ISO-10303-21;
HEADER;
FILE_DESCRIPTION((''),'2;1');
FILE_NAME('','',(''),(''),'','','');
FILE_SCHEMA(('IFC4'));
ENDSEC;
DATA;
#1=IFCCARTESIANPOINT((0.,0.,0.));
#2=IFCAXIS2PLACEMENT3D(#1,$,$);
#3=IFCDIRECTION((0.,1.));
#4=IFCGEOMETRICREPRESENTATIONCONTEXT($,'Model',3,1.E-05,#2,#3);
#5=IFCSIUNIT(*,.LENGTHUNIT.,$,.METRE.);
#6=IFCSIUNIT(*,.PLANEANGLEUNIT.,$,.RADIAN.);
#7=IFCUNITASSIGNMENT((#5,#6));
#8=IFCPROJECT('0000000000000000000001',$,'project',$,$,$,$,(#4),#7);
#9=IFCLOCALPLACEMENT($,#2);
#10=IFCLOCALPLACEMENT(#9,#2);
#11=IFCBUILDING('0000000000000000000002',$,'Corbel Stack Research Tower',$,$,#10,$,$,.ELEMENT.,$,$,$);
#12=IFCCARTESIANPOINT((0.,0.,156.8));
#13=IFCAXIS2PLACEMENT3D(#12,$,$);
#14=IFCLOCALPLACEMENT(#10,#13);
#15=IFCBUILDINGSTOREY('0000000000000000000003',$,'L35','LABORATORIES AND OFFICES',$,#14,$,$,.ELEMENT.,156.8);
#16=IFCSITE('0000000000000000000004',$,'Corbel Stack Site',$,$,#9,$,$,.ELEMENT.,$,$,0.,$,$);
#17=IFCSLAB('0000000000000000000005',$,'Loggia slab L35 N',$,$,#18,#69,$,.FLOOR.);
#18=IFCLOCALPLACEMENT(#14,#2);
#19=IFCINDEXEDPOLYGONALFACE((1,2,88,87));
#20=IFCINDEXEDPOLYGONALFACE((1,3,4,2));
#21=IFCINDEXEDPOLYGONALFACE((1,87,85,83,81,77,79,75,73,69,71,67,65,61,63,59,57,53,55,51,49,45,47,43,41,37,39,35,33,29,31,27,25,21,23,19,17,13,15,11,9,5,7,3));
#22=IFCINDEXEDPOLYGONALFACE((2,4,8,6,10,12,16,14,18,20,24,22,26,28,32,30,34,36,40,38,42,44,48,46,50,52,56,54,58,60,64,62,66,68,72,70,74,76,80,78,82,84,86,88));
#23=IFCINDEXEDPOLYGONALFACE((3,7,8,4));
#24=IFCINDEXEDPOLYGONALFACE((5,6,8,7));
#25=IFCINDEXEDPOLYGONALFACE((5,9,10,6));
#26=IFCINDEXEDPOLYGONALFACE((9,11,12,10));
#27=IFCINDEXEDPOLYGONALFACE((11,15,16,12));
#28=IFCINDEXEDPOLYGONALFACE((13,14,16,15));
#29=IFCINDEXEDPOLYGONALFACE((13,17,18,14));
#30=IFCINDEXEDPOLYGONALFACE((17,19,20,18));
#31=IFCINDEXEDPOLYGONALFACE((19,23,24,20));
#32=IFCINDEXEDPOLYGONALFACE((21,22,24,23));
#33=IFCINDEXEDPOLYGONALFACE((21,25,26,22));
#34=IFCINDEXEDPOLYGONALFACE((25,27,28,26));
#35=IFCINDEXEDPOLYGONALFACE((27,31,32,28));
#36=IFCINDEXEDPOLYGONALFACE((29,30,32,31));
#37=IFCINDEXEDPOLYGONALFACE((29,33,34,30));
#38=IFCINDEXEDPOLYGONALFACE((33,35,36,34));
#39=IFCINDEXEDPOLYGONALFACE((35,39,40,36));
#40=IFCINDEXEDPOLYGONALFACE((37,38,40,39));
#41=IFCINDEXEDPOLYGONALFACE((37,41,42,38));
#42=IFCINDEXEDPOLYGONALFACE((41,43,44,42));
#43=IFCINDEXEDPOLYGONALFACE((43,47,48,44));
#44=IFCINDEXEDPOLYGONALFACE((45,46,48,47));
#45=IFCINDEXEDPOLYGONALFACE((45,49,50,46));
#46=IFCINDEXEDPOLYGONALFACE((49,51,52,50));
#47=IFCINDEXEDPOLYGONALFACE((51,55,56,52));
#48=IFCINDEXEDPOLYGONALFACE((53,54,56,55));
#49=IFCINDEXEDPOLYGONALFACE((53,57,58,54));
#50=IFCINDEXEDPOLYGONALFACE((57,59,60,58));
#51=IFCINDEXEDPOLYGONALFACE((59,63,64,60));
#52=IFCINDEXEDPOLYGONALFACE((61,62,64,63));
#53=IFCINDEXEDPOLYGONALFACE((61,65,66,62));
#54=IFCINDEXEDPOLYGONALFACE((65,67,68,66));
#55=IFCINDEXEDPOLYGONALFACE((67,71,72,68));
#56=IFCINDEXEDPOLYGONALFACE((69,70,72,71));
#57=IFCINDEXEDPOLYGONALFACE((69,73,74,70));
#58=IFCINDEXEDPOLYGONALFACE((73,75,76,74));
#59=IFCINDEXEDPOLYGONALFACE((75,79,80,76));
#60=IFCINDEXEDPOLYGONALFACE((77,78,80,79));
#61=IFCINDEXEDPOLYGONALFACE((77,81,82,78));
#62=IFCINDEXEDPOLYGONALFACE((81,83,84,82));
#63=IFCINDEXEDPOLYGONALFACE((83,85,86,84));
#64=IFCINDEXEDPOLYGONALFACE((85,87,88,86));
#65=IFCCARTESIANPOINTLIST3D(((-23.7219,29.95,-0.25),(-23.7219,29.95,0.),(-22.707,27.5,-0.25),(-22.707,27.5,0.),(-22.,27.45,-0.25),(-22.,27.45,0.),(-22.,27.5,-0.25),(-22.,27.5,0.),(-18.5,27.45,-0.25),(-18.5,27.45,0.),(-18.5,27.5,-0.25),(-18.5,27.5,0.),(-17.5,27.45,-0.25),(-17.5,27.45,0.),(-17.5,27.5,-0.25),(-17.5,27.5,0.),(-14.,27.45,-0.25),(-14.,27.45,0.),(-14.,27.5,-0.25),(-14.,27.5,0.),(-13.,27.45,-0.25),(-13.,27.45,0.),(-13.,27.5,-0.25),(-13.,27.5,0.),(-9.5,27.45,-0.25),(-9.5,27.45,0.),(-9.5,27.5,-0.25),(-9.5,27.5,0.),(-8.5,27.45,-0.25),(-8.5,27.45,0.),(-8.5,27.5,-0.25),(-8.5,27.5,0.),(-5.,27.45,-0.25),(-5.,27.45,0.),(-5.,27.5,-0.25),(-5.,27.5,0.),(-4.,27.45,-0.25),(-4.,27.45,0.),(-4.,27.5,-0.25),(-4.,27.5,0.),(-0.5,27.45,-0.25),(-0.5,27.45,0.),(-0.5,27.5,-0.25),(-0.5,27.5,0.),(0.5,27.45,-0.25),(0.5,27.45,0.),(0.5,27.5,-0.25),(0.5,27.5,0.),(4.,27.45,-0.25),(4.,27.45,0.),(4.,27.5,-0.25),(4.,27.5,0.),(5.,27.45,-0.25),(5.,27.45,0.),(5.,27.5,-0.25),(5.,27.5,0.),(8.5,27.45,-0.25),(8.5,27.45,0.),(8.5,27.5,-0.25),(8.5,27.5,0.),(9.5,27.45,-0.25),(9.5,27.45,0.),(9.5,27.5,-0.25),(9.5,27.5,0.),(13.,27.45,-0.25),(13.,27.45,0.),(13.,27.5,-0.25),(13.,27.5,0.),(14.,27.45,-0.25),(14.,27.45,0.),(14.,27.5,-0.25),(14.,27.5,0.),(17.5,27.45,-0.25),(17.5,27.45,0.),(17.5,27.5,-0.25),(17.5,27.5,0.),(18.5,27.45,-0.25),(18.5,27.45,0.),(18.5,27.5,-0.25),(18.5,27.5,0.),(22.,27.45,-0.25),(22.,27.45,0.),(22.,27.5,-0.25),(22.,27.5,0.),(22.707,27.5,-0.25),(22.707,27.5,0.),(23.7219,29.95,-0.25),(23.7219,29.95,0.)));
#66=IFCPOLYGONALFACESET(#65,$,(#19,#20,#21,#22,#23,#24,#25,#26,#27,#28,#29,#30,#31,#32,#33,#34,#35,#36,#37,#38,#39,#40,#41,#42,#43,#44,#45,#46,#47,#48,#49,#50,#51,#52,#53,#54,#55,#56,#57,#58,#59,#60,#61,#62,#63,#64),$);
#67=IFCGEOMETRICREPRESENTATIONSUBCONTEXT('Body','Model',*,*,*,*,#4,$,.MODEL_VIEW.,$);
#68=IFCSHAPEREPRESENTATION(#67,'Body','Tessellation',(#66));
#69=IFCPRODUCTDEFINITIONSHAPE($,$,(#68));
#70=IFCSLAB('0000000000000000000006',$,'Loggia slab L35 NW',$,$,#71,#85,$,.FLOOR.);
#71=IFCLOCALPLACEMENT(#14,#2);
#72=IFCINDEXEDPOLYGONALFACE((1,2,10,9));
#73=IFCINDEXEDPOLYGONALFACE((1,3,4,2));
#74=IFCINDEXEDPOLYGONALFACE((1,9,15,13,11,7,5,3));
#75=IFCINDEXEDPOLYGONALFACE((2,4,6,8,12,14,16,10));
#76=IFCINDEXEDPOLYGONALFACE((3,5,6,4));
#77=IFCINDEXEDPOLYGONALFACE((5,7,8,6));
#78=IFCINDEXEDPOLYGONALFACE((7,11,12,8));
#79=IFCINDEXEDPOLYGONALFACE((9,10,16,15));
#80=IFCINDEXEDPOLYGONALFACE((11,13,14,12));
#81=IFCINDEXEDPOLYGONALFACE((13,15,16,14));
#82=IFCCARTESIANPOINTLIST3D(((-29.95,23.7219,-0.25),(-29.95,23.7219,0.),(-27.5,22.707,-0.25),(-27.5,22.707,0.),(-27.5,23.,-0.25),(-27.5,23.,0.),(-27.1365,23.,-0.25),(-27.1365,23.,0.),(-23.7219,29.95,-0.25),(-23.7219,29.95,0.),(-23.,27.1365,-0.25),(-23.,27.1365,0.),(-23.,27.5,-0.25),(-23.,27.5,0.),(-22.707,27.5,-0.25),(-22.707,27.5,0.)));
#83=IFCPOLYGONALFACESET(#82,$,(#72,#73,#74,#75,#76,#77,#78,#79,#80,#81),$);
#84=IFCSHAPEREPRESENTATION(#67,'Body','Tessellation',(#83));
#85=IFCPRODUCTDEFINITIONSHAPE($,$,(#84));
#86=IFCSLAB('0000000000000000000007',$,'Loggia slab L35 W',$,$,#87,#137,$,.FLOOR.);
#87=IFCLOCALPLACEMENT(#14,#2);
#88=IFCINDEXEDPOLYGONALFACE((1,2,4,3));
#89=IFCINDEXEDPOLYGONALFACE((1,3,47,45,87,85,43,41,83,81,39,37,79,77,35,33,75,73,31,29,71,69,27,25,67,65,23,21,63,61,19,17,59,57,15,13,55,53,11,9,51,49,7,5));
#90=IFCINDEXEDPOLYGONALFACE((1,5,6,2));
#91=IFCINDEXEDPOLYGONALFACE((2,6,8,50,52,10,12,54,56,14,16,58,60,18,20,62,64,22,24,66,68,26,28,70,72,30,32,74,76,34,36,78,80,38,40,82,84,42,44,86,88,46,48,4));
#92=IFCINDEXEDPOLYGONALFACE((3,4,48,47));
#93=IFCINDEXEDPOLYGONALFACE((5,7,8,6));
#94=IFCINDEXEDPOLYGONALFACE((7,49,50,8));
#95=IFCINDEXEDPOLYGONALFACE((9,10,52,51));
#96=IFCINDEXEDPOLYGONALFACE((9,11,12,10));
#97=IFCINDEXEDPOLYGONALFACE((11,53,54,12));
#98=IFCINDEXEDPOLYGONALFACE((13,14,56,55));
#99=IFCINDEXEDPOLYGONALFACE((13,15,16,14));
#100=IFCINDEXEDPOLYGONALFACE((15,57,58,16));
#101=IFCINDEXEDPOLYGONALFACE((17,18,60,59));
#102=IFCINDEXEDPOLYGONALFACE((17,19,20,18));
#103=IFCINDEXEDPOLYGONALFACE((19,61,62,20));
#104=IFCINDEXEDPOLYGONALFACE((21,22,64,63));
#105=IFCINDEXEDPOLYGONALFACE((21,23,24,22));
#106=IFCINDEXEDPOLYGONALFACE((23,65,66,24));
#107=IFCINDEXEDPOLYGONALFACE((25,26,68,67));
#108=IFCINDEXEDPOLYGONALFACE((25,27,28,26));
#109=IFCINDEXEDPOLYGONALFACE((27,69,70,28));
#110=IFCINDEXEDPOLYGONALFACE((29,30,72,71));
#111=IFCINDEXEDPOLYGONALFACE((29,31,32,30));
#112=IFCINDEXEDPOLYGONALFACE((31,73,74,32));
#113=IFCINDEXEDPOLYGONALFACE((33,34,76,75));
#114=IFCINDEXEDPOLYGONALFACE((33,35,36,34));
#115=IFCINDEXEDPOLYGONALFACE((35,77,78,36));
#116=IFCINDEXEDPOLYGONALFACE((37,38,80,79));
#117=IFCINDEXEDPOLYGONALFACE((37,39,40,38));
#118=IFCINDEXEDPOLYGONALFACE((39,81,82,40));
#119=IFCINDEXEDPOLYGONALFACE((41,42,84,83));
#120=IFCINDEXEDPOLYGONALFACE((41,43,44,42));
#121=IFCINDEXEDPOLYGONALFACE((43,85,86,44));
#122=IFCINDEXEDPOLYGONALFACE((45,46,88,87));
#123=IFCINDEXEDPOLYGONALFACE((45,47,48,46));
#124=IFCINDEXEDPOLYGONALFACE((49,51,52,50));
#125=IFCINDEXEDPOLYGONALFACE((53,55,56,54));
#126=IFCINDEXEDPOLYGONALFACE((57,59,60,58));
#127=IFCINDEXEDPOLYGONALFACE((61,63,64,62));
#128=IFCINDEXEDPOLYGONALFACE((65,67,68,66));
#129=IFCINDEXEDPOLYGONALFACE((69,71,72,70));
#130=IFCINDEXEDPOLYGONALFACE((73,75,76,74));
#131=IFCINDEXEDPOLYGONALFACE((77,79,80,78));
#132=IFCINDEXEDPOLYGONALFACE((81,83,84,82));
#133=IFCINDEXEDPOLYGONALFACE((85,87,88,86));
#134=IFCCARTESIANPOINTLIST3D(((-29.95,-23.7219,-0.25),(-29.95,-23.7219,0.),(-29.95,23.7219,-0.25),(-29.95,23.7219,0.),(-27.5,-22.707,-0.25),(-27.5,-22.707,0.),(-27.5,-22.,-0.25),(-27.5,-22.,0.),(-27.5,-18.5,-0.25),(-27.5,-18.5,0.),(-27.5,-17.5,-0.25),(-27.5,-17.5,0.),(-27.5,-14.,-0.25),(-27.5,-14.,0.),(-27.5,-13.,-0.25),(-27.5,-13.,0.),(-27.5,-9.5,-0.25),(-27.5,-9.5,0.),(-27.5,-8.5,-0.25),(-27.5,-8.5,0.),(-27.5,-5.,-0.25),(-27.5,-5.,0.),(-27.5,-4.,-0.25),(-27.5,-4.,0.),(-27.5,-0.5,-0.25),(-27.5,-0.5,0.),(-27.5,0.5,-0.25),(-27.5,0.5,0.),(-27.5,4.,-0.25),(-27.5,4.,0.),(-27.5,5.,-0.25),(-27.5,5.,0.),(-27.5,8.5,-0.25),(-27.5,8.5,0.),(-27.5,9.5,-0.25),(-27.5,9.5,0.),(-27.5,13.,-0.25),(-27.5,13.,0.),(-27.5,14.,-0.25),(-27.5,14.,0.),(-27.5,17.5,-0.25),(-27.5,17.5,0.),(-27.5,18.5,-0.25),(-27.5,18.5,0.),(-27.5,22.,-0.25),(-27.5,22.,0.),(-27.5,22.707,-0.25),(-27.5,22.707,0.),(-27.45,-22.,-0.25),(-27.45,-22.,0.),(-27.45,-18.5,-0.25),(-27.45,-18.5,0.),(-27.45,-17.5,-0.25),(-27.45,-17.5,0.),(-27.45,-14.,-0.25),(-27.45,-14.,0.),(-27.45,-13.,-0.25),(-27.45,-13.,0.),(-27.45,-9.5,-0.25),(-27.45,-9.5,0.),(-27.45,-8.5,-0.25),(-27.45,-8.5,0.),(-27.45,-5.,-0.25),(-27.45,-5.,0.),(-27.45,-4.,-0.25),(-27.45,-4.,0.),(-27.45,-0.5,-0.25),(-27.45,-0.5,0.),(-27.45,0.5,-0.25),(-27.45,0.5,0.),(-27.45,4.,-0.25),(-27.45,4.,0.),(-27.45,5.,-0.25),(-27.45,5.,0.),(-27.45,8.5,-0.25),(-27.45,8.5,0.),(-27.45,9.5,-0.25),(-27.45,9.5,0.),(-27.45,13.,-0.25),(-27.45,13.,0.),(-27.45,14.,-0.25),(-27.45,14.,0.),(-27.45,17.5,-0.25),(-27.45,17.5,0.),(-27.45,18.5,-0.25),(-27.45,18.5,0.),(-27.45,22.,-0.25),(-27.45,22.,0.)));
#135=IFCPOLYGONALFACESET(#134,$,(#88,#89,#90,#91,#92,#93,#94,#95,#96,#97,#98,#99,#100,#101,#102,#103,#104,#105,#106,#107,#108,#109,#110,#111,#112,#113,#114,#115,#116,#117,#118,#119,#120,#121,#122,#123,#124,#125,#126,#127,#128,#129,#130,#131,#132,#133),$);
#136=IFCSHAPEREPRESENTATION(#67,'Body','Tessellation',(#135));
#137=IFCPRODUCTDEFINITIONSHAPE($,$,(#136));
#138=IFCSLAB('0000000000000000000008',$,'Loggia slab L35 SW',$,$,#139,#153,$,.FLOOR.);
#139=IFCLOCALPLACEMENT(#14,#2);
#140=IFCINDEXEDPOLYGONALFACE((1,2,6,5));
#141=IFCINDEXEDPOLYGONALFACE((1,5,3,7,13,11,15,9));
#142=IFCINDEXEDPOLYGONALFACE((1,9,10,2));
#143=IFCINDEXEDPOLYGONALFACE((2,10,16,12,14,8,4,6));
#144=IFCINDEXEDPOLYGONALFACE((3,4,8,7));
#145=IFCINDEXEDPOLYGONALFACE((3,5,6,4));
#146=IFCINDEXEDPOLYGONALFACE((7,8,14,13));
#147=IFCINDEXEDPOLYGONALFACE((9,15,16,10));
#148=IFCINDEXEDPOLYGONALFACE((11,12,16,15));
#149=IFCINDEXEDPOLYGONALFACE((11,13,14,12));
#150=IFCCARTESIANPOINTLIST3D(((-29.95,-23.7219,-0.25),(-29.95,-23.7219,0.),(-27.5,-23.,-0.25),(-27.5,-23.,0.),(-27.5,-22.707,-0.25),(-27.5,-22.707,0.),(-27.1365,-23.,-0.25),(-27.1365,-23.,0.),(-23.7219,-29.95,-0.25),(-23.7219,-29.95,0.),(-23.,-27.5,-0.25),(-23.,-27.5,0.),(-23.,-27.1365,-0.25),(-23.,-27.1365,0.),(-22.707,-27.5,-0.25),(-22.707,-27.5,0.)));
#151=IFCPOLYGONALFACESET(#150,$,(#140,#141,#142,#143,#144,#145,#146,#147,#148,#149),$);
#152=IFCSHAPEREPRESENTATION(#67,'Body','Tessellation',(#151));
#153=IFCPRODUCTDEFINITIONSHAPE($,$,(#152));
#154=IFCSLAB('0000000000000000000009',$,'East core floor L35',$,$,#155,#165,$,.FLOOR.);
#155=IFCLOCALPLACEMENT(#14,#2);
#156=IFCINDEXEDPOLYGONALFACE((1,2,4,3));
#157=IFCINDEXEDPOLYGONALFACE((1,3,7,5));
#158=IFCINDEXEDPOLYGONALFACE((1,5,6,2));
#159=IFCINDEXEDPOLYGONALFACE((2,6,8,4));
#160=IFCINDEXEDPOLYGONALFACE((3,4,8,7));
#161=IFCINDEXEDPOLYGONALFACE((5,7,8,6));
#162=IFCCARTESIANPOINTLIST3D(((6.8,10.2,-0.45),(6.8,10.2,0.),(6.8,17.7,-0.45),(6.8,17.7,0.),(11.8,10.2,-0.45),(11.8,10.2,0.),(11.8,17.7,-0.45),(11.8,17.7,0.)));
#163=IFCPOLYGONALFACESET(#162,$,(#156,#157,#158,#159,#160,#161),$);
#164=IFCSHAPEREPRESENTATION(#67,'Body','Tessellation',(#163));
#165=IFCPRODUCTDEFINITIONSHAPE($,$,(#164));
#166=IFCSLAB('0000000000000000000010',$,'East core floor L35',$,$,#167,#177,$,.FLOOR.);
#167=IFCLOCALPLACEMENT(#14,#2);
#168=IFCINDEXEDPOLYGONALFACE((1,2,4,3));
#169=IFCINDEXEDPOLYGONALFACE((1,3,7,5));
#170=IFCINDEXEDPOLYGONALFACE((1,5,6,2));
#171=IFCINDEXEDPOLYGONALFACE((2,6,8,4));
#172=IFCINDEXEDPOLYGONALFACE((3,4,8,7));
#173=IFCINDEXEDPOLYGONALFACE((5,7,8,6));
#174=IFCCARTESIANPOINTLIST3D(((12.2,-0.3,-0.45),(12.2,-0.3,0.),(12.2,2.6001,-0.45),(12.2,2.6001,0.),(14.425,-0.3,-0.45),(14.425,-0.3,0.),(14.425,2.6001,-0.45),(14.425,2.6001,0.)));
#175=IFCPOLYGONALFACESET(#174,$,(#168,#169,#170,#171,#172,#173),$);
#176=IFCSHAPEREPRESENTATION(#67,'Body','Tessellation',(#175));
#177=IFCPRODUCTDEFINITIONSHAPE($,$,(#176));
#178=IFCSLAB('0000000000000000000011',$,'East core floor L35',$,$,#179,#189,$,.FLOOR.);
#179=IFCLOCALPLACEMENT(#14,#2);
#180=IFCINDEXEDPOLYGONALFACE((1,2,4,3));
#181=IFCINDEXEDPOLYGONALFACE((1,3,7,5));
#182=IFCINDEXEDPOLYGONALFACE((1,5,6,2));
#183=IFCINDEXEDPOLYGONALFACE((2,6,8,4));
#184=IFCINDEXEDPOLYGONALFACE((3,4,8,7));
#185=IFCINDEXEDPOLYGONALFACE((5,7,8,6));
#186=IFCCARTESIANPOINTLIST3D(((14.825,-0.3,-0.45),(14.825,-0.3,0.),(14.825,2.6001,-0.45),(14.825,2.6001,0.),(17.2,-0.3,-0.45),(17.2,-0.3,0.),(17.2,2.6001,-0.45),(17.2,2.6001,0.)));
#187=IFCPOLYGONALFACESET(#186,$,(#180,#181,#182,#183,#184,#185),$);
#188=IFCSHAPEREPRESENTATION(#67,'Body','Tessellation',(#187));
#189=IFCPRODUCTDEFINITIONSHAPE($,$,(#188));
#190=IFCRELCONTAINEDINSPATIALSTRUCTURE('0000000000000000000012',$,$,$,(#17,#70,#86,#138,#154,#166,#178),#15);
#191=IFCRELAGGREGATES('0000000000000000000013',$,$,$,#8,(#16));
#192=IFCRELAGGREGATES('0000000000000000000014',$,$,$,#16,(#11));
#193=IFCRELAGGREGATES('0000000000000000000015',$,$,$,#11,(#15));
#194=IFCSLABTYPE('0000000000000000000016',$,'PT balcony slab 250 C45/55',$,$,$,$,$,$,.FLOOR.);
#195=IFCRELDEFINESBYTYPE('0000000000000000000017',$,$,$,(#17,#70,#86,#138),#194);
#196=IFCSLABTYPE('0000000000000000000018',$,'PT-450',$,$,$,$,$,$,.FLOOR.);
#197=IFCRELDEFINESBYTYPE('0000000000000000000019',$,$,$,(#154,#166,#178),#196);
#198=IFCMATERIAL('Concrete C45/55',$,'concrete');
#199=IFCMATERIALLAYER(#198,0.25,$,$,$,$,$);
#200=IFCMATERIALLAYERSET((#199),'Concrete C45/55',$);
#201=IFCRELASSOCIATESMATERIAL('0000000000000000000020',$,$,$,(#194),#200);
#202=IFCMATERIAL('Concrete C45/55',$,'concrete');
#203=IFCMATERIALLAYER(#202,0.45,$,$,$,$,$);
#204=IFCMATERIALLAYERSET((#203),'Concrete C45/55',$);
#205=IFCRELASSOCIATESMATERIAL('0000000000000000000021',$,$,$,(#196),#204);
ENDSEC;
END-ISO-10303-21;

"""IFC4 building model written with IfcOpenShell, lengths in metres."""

from ifc_helpers import new_model, si_unit, direction, frame, origin, place, context, subcontext, project, spatial, polyline, outline, extrude, material, layer, layer_set, type_object, element, save


model = new_model("IFC4")

# Units and contexts
model_context = context("Model", 3, precision=1e-05, world=origin(), true_north=direction((0.0, 1.0)))
body_context = subcontext(model_context, "Body", "Model", "MODEL_VIEW")
ifc_project = project(units=[si_unit("LENGTHUNIT", "METRE"), si_unit("PLANEANGLEUNIT", "RADIAN")], contexts=[model_context])

# Site, building, storey
site_placement = place(None, origin())
site = spatial("IfcSite", under=ifc_project, at=site_placement, Name="Corbel Stack Site", CompositionType="ELEMENT", RefElevation=0.0)
building_placement = place(site_placement, origin())
building = spatial("IfcBuilding", under=site, at=building_placement, Name="Corbel Stack Research Tower", CompositionType="ELEMENT")
storey_placement = place(building_placement, frame((0.0, 0.0, 156.8)))
storey = spatial("IfcBuildingStorey", under=building, at=storey_placement, Name="L35", Description="LABORATORIES AND OFFICES", CompositionType="ELEMENT", Elevation=156.8)

# Slabs
ifc_material_1 = material(Name="Concrete C45/55", Category="concrete")
ifc_layer_1 = layer(ifc_material_1, 0.25)
ifc_layer_set_1 = layer_set([ifc_layer_1], Name="Concrete C45/55")
slab_type_1 = type_object("IfcSlabType", Name="PT balcony slab 250 C45/55", PredefinedType="FLOOR", material=ifc_layer_set_1)
slab_1_placement = place(storey_placement, frame((0.0, 0.0, -0.25)))
element("IfcSlab", 1, at=slab_1_placement, inside=storey, type_object=slab_type_1, Name="Loggia slab L35 N", PredefinedType="FLOOR", context=body_context, shape_type="SweptSolid", body=[
    extrude(outline(polyline([(-22.707, 27.5), (-22.0, 27.5), (-22.0, 27.45), (-18.5, 27.45), (-18.5, 27.5), (-17.5, 27.5), (-17.5, 27.45), (-14.0, 27.45), (-14.0, 27.5), (-13.0, 27.5), (-13.0, 27.45), (-9.5, 27.45), (-9.5, 27.5), (-8.5, 27.5), (-8.5, 27.45), (-5.0, 27.45), (-5.0, 27.5), (-4.0, 27.5), (-4.0, 27.45), (-0.5, 27.45), (-0.5, 27.5), (0.5, 27.5), (0.5, 27.45), (4.0, 27.45), (4.0, 27.5), (5.0, 27.5), (5.0, 27.45), (8.5, 27.45), (8.5, 27.5), (9.5, 27.5), (9.5, 27.45), (13.0, 27.45), (13.0, 27.5), (14.0, 27.5), (14.0, 27.45), (17.5, 27.45), (17.5, 27.5), (18.5, 27.5), (18.5, 27.45), (22.0, 27.45), (22.0, 27.5), (22.707, 27.5), (23.7219, 29.95), (-23.7219, 29.95), (-22.707, 27.5)])), origin(), (0.0, 0.0, 1.0), 0.25),
])
slab_2_placement = place(storey_placement, frame((0.0, 0.0, -0.25)))
element("IfcSlab", 2, at=slab_2_placement, inside=storey, type_object=slab_type_1, Name="Loggia slab L35 NW", PredefinedType="FLOOR", context=body_context, shape_type="SweptSolid", body=[
    extrude(outline(polyline([(-27.5, 22.707), (-27.5, 23.0), (-27.1365, 23.0), (-23.0, 27.1365), (-23.0, 27.5), (-22.707, 27.5), (-23.7219, 29.95), (-29.95, 23.7219), (-27.5, 22.707)])), origin(), (0.0, 0.0, 1.0), 0.25),
])
slab_3_placement = place(storey_placement, frame((0.0, 0.0, -0.25)))
element("IfcSlab", 3, at=slab_3_placement, inside=storey, type_object=slab_type_1, Name="Loggia slab L35 W", PredefinedType="FLOOR", context=body_context, shape_type="SweptSolid", body=[
    extrude(outline(polyline([(-27.5, -22.707), (-27.5, -22.0), (-27.45, -22.0), (-27.45, -18.5), (-27.5, -18.5), (-27.5, -17.5), (-27.45, -17.5), (-27.45, -14.0), (-27.5, -14.0), (-27.5, -13.0), (-27.45, -13.0), (-27.45, -9.5), (-27.5, -9.5), (-27.5, -8.5), (-27.45, -8.5), (-27.45, -5.0), (-27.5, -5.0), (-27.5, -4.0), (-27.45, -4.0), (-27.45, -0.5), (-27.5, -0.5), (-27.5, 0.5), (-27.45, 0.5), (-27.45, 4.0), (-27.5, 4.0), (-27.5, 5.0), (-27.45, 5.0), (-27.45, 8.5), (-27.5, 8.5), (-27.5, 9.5), (-27.45, 9.5), (-27.45, 13.0), (-27.5, 13.0), (-27.5, 14.0), (-27.45, 14.0), (-27.45, 17.5), (-27.5, 17.5), (-27.5, 18.5), (-27.45, 18.5), (-27.45, 22.0), (-27.5, 22.0), (-27.5, 22.707), (-29.95, 23.7219), (-29.95, -23.7219), (-27.5, -22.707)])), origin(), (0.0, 0.0, 1.0), 0.25),
])
slab_4_placement = place(storey_placement, frame((0.0, 0.0, -0.25)))
element("IfcSlab", 4, at=slab_4_placement, inside=storey, type_object=slab_type_1, Name="Loggia slab L35 SW", PredefinedType="FLOOR", context=body_context, shape_type="SweptSolid", body=[
    extrude(outline(polyline([(-22.707, -27.5), (-23.0, -27.5), (-23.0, -27.1365), (-27.1365, -23.0), (-27.5, -23.0), (-27.5, -22.707), (-29.95, -23.7219), (-23.7219, -29.95), (-22.707, -27.5)])), origin(), (0.0, 0.0, 1.0), 0.25),
])
ifc_material_2 = material(Name="Concrete C45/55", Category="concrete")
ifc_layer_2 = layer(ifc_material_2, 0.45)
ifc_layer_set_2 = layer_set([ifc_layer_2], Name="Concrete C45/55")
slab_type_2 = type_object("IfcSlabType", Name="PT-450", PredefinedType="FLOOR", material=ifc_layer_set_2)
slab_5_placement = place(storey_placement, frame((0.0, 0.0, -0.45)))
element("IfcSlab", 5, at=slab_5_placement, inside=storey, type_object=slab_type_2, Name="East core floor L35", PredefinedType="FLOOR", context=body_context, shape_type="SweptSolid", body=[
    extrude(outline(polyline([(6.8, 17.7), (6.8, 10.2), (11.8, 10.2), (11.8, 17.7), (6.8, 17.7)])), origin(), (0.0, 0.0, 1.0), 0.45),
])
slab_6_placement = place(storey_placement, frame((0.0, 0.0, -0.45)))
element("IfcSlab", 6, at=slab_6_placement, inside=storey, type_object=slab_type_2, Name="East core floor L35", PredefinedType="FLOOR", context=body_context, shape_type="SweptSolid", body=[
    extrude(outline(polyline([(14.425, -0.3), (14.425, 2.6001), (12.2, 2.6001), (12.2, -0.3), (14.425, -0.3)])), origin(), (0.0, 0.0, 1.0), 0.45),
])
slab_7_placement = place(storey_placement, frame((0.0, 0.0, -0.45)))
element("IfcSlab", 7, at=slab_7_placement, inside=storey, type_object=slab_type_2, Name="East core floor L35", PredefinedType="FLOOR", context=body_context, shape_type="SweptSolid", body=[
    extrude(outline(polyline([(17.2, -0.3), (17.2, 2.6001), (14.825, 2.6001), (14.825, -0.3), (17.2, -0.3)])), origin(), (0.0, 0.0, 1.0), 0.45),
])

save(model, "model.ifc")
